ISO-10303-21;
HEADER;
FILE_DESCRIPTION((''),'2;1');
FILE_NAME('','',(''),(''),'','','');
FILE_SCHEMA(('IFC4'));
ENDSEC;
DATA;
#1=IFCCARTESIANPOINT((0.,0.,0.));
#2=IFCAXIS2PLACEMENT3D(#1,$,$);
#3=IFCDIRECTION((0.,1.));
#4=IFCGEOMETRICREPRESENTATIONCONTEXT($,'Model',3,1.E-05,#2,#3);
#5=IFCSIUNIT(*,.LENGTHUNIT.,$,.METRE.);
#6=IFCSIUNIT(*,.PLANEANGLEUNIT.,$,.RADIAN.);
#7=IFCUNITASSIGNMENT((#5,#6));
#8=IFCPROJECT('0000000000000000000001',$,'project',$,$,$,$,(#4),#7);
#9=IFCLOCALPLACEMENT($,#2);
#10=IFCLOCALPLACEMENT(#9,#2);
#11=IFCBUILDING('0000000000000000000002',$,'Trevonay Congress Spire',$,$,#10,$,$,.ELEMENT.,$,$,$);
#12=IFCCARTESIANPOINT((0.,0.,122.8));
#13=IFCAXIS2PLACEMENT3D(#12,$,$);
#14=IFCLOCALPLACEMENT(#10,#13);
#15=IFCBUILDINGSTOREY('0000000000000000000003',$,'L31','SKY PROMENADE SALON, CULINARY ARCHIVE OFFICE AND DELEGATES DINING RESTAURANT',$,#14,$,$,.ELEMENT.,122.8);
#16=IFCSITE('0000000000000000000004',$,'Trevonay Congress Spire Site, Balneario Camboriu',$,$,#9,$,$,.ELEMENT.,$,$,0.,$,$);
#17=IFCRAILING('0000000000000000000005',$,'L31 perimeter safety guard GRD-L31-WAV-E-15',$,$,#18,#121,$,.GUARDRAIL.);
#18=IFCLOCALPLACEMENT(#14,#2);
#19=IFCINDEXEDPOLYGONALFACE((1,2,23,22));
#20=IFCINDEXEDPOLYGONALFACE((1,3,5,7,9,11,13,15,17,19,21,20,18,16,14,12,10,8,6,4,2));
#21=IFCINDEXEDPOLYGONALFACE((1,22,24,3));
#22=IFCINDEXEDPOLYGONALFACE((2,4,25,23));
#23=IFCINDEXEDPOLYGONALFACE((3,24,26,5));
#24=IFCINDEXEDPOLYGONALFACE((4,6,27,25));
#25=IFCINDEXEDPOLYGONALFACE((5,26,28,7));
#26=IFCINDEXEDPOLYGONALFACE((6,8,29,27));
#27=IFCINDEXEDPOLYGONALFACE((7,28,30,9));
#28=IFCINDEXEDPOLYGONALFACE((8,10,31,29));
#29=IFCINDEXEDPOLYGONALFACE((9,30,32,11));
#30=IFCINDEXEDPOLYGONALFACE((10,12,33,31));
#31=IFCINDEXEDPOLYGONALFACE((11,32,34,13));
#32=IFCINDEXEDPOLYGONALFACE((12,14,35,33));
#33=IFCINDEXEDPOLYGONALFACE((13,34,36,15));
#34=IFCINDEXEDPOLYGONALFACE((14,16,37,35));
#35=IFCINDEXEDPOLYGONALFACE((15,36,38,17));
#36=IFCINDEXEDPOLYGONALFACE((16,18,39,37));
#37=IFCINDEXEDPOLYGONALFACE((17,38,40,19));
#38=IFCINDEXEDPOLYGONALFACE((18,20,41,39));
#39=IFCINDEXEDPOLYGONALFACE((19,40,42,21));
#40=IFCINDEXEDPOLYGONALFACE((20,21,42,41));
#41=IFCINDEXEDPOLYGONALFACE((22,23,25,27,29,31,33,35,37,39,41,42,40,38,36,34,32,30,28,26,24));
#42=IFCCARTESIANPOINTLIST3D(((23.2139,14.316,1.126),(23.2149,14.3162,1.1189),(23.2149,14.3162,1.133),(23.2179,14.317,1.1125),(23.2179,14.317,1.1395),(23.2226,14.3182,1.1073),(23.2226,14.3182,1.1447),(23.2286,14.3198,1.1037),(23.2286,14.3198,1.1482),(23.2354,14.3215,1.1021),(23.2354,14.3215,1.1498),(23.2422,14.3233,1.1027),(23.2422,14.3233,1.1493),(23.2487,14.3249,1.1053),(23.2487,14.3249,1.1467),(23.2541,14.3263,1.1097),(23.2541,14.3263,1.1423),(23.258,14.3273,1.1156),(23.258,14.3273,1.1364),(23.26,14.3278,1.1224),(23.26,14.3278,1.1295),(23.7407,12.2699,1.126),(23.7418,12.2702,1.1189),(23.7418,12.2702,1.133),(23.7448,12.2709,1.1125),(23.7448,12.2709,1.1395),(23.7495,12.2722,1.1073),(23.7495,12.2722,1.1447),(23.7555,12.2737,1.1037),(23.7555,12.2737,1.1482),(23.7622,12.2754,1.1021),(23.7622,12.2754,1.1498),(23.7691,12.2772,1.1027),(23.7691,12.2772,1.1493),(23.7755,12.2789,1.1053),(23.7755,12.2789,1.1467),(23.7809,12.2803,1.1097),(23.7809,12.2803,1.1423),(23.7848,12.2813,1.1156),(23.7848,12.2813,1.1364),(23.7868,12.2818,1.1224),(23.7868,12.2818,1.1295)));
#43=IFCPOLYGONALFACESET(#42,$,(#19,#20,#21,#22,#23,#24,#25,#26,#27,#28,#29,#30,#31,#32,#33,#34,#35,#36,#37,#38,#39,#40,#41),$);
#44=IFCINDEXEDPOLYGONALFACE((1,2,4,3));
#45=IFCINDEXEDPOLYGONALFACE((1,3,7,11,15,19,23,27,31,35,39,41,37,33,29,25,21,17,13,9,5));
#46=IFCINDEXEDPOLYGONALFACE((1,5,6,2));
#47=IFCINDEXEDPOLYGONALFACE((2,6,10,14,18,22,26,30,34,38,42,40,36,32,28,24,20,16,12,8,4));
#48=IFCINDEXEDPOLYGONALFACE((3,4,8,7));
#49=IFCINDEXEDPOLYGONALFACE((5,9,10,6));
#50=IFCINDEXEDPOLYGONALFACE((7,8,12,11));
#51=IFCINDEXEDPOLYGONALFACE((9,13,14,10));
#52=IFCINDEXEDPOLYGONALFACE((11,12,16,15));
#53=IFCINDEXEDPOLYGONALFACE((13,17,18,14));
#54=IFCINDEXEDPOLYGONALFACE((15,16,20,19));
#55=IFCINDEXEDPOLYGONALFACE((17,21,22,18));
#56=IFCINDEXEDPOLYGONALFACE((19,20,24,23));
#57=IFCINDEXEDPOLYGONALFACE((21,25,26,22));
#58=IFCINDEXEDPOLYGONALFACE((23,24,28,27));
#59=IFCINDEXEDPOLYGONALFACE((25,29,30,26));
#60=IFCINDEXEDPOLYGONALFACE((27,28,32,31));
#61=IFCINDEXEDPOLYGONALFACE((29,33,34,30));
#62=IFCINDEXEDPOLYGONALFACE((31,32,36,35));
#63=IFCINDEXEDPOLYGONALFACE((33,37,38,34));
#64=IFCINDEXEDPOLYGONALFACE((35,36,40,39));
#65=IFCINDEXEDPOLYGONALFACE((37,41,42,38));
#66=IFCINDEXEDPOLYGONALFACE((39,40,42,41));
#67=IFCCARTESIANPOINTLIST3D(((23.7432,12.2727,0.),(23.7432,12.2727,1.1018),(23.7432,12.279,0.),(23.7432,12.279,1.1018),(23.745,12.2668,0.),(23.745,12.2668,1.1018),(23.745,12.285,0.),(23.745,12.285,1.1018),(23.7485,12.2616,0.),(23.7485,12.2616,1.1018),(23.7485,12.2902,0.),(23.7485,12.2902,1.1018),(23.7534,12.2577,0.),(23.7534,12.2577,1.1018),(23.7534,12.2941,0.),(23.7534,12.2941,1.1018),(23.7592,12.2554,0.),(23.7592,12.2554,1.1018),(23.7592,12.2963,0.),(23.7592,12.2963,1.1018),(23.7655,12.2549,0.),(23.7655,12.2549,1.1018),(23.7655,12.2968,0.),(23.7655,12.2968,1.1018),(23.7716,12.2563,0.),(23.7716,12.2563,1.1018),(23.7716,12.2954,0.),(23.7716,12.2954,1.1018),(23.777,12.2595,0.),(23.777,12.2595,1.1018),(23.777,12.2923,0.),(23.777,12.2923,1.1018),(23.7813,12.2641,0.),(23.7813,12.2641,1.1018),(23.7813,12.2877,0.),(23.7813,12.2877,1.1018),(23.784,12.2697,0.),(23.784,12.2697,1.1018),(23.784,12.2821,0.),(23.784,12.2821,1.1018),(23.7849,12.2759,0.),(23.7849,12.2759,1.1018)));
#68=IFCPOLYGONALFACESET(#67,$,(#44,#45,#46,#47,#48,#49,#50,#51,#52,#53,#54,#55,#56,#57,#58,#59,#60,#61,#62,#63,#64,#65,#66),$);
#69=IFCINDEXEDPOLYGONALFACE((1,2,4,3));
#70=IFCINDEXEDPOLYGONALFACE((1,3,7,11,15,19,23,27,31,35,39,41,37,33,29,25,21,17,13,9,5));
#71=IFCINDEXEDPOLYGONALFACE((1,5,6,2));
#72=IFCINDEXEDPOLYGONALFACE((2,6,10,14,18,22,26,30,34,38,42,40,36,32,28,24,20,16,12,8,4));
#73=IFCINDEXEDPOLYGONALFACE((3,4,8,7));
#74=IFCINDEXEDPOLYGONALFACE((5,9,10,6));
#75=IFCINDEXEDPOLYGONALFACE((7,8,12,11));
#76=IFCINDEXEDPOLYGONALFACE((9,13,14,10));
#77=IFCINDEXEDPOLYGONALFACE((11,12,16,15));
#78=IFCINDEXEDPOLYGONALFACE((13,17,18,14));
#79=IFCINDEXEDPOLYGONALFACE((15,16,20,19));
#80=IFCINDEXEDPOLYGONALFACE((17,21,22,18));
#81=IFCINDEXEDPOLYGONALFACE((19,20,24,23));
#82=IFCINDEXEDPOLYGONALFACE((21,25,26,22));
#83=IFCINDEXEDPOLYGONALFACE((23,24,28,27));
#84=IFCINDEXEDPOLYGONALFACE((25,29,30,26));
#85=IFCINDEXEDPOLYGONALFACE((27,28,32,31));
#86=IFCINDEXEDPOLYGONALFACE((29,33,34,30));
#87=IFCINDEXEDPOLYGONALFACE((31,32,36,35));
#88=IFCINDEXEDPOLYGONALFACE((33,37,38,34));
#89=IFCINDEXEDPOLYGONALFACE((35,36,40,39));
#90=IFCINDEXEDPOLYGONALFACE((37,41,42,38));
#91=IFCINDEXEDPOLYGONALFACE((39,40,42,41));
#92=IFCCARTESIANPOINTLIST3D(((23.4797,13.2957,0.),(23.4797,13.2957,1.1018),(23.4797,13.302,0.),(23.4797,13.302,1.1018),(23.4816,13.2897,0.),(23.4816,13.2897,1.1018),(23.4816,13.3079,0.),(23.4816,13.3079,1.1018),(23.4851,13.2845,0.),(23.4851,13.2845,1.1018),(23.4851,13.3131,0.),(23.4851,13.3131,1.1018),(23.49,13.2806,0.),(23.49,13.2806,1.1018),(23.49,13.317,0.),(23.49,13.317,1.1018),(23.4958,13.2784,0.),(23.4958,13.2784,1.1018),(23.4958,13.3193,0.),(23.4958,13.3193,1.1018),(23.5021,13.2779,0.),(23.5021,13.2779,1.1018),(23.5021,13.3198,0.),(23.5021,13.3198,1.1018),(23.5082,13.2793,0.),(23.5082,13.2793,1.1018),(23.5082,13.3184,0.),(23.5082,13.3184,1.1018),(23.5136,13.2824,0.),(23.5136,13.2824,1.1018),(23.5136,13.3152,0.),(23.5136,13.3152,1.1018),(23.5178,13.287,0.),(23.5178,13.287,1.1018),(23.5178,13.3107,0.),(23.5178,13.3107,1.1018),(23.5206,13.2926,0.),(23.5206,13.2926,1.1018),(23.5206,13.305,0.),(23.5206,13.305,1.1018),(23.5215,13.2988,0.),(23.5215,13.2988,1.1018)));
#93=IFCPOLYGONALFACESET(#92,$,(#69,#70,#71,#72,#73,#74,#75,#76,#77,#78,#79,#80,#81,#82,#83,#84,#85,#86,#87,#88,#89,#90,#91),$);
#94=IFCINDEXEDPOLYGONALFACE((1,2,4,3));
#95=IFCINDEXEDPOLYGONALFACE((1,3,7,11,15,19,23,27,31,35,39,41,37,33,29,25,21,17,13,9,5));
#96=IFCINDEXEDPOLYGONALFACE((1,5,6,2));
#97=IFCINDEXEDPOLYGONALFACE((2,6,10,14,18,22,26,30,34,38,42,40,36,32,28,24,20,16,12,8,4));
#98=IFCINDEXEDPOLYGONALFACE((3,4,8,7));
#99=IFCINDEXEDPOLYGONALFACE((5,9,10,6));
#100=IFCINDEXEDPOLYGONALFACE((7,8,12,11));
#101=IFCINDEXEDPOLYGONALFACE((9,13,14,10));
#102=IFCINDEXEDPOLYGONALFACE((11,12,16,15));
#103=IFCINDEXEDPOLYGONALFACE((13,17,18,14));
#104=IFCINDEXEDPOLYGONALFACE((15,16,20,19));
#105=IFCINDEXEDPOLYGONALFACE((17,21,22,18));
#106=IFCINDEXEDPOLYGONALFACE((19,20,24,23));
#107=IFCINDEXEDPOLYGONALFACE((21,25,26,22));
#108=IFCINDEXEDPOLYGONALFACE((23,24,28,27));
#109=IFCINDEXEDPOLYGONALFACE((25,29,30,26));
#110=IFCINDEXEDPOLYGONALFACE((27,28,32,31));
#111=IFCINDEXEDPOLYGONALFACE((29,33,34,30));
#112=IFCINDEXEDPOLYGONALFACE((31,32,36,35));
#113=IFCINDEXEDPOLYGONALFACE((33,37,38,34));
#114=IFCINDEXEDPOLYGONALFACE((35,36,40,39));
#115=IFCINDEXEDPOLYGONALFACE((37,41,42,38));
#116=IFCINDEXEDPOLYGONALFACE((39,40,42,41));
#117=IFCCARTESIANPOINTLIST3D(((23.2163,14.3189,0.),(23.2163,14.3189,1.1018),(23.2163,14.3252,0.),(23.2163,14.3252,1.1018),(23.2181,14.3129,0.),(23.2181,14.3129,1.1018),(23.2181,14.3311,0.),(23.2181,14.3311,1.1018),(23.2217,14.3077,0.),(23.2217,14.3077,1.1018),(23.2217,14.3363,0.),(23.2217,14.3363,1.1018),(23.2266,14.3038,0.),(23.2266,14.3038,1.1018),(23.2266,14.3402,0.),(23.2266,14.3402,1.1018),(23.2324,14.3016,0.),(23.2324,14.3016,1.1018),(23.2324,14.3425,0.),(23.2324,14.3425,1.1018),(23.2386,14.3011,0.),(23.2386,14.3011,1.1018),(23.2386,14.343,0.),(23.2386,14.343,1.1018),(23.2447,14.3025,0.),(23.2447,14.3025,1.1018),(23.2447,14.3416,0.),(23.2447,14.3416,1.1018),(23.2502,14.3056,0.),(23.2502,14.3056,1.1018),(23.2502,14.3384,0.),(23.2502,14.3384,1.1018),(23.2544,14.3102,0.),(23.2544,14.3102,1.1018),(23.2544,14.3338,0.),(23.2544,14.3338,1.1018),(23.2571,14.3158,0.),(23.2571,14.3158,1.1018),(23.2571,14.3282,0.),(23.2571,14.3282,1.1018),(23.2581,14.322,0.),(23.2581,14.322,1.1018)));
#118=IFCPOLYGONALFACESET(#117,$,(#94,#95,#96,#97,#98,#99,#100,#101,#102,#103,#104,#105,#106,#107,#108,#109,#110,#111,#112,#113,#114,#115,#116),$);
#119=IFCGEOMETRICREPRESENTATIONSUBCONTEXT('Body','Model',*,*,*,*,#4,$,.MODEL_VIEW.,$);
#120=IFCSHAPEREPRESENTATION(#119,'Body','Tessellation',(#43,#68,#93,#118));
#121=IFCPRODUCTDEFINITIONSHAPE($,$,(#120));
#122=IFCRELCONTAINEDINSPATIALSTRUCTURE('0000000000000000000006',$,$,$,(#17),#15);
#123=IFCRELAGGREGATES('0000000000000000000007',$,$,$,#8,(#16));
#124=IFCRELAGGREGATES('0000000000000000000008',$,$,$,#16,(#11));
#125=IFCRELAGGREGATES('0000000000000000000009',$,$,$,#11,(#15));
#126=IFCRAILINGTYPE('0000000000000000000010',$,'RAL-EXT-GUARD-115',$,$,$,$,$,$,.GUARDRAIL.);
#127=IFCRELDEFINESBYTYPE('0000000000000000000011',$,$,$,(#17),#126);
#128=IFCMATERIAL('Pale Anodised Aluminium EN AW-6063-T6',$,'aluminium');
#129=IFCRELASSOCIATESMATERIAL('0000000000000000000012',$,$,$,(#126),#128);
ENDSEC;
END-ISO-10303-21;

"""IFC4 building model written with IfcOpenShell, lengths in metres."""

from ifc_helpers import new_model, si_unit, direction, frame, origin, origin_2d, place, context, subcontext, project, spatial, circle, extrude, material, type_object, element, save


model = new_model("IFC4")

# Units and contexts
model_context = context("Model", 3, precision=1e-05, world=origin(), true_north=direction((0.0, 1.0)))
body_context = subcontext(model_context, "Body", "Model", "MODEL_VIEW")
ifc_project = project(units=[si_unit("LENGTHUNIT", "METRE"), si_unit("PLANEANGLEUNIT", "RADIAN")], contexts=[model_context])

# Site, building, storey
site_placement = place(None, origin())
site = spatial("IfcSite", under=ifc_project, at=site_placement, Name="Trevonay Congress Spire Site, Balneario Camboriu", CompositionType="ELEMENT", RefElevation=0.0)
building_placement = place(site_placement, origin())
building = spatial("IfcBuilding", under=site, at=building_placement, Name="Trevonay Congress Spire", CompositionType="ELEMENT")
storey_placement = place(building_placement, frame((0.0, 0.0, 122.8)))
storey = spatial("IfcBuildingStorey", under=building, at=storey_placement, Name="L31", Description="SKY PROMENADE SALON, CULINARY ARCHIVE OFFICE AND DELEGATES DINING RESTAURANT", CompositionType="ELEMENT", Elevation=122.8)

# Shared definitions
ifc_material_1 = material(Name="Pale Anodised Aluminium EN AW-6063-T6", Category="aluminium")

# Railing
railing_type = type_object("IfcRailingType", Name="RAL-EXT-GUARD-115", PredefinedType="GUARDRAIL", material=ifc_material_1)
railing_1_placement = place(storey_placement, frame((23.7639, 12.2759, 0.0)))
element("IfcRailing", 1, at=railing_1_placement, inside=storey, type_object=railing_type, Name="L31 perimeter safety guard GRD-L31-WAV-E-15", PredefinedType="GUARDRAIL", context=body_context, shape_type="SweptSolid", body=[
    extrude(circle(Radius=0.0239, at=origin_2d()), frame((0.0, 0.0, 1.126), z_axis=(-0.249354, 0.968412, 0.0), x_axis=(-0.968412, -0.249354, 0.0)), (0.0, 0.0, 1.0), 2.1128),
    extrude(circle(Radius=0.021, at=origin_2d()), origin(), (0.0, 0.0, 1.0), 1.1018),
    extrude(circle(Radius=0.021, at=origin_2d()), frame((-0.2634, 1.0229, 0.0)), (0.0, 0.0, 1.0), 1.1018),
    extrude(circle(Radius=0.021, at=origin_2d()), frame((-0.5269, 2.0461, 0.0)), (0.0, 0.0, 1.0), 1.1018),
])

save(model, "model.ifc")
